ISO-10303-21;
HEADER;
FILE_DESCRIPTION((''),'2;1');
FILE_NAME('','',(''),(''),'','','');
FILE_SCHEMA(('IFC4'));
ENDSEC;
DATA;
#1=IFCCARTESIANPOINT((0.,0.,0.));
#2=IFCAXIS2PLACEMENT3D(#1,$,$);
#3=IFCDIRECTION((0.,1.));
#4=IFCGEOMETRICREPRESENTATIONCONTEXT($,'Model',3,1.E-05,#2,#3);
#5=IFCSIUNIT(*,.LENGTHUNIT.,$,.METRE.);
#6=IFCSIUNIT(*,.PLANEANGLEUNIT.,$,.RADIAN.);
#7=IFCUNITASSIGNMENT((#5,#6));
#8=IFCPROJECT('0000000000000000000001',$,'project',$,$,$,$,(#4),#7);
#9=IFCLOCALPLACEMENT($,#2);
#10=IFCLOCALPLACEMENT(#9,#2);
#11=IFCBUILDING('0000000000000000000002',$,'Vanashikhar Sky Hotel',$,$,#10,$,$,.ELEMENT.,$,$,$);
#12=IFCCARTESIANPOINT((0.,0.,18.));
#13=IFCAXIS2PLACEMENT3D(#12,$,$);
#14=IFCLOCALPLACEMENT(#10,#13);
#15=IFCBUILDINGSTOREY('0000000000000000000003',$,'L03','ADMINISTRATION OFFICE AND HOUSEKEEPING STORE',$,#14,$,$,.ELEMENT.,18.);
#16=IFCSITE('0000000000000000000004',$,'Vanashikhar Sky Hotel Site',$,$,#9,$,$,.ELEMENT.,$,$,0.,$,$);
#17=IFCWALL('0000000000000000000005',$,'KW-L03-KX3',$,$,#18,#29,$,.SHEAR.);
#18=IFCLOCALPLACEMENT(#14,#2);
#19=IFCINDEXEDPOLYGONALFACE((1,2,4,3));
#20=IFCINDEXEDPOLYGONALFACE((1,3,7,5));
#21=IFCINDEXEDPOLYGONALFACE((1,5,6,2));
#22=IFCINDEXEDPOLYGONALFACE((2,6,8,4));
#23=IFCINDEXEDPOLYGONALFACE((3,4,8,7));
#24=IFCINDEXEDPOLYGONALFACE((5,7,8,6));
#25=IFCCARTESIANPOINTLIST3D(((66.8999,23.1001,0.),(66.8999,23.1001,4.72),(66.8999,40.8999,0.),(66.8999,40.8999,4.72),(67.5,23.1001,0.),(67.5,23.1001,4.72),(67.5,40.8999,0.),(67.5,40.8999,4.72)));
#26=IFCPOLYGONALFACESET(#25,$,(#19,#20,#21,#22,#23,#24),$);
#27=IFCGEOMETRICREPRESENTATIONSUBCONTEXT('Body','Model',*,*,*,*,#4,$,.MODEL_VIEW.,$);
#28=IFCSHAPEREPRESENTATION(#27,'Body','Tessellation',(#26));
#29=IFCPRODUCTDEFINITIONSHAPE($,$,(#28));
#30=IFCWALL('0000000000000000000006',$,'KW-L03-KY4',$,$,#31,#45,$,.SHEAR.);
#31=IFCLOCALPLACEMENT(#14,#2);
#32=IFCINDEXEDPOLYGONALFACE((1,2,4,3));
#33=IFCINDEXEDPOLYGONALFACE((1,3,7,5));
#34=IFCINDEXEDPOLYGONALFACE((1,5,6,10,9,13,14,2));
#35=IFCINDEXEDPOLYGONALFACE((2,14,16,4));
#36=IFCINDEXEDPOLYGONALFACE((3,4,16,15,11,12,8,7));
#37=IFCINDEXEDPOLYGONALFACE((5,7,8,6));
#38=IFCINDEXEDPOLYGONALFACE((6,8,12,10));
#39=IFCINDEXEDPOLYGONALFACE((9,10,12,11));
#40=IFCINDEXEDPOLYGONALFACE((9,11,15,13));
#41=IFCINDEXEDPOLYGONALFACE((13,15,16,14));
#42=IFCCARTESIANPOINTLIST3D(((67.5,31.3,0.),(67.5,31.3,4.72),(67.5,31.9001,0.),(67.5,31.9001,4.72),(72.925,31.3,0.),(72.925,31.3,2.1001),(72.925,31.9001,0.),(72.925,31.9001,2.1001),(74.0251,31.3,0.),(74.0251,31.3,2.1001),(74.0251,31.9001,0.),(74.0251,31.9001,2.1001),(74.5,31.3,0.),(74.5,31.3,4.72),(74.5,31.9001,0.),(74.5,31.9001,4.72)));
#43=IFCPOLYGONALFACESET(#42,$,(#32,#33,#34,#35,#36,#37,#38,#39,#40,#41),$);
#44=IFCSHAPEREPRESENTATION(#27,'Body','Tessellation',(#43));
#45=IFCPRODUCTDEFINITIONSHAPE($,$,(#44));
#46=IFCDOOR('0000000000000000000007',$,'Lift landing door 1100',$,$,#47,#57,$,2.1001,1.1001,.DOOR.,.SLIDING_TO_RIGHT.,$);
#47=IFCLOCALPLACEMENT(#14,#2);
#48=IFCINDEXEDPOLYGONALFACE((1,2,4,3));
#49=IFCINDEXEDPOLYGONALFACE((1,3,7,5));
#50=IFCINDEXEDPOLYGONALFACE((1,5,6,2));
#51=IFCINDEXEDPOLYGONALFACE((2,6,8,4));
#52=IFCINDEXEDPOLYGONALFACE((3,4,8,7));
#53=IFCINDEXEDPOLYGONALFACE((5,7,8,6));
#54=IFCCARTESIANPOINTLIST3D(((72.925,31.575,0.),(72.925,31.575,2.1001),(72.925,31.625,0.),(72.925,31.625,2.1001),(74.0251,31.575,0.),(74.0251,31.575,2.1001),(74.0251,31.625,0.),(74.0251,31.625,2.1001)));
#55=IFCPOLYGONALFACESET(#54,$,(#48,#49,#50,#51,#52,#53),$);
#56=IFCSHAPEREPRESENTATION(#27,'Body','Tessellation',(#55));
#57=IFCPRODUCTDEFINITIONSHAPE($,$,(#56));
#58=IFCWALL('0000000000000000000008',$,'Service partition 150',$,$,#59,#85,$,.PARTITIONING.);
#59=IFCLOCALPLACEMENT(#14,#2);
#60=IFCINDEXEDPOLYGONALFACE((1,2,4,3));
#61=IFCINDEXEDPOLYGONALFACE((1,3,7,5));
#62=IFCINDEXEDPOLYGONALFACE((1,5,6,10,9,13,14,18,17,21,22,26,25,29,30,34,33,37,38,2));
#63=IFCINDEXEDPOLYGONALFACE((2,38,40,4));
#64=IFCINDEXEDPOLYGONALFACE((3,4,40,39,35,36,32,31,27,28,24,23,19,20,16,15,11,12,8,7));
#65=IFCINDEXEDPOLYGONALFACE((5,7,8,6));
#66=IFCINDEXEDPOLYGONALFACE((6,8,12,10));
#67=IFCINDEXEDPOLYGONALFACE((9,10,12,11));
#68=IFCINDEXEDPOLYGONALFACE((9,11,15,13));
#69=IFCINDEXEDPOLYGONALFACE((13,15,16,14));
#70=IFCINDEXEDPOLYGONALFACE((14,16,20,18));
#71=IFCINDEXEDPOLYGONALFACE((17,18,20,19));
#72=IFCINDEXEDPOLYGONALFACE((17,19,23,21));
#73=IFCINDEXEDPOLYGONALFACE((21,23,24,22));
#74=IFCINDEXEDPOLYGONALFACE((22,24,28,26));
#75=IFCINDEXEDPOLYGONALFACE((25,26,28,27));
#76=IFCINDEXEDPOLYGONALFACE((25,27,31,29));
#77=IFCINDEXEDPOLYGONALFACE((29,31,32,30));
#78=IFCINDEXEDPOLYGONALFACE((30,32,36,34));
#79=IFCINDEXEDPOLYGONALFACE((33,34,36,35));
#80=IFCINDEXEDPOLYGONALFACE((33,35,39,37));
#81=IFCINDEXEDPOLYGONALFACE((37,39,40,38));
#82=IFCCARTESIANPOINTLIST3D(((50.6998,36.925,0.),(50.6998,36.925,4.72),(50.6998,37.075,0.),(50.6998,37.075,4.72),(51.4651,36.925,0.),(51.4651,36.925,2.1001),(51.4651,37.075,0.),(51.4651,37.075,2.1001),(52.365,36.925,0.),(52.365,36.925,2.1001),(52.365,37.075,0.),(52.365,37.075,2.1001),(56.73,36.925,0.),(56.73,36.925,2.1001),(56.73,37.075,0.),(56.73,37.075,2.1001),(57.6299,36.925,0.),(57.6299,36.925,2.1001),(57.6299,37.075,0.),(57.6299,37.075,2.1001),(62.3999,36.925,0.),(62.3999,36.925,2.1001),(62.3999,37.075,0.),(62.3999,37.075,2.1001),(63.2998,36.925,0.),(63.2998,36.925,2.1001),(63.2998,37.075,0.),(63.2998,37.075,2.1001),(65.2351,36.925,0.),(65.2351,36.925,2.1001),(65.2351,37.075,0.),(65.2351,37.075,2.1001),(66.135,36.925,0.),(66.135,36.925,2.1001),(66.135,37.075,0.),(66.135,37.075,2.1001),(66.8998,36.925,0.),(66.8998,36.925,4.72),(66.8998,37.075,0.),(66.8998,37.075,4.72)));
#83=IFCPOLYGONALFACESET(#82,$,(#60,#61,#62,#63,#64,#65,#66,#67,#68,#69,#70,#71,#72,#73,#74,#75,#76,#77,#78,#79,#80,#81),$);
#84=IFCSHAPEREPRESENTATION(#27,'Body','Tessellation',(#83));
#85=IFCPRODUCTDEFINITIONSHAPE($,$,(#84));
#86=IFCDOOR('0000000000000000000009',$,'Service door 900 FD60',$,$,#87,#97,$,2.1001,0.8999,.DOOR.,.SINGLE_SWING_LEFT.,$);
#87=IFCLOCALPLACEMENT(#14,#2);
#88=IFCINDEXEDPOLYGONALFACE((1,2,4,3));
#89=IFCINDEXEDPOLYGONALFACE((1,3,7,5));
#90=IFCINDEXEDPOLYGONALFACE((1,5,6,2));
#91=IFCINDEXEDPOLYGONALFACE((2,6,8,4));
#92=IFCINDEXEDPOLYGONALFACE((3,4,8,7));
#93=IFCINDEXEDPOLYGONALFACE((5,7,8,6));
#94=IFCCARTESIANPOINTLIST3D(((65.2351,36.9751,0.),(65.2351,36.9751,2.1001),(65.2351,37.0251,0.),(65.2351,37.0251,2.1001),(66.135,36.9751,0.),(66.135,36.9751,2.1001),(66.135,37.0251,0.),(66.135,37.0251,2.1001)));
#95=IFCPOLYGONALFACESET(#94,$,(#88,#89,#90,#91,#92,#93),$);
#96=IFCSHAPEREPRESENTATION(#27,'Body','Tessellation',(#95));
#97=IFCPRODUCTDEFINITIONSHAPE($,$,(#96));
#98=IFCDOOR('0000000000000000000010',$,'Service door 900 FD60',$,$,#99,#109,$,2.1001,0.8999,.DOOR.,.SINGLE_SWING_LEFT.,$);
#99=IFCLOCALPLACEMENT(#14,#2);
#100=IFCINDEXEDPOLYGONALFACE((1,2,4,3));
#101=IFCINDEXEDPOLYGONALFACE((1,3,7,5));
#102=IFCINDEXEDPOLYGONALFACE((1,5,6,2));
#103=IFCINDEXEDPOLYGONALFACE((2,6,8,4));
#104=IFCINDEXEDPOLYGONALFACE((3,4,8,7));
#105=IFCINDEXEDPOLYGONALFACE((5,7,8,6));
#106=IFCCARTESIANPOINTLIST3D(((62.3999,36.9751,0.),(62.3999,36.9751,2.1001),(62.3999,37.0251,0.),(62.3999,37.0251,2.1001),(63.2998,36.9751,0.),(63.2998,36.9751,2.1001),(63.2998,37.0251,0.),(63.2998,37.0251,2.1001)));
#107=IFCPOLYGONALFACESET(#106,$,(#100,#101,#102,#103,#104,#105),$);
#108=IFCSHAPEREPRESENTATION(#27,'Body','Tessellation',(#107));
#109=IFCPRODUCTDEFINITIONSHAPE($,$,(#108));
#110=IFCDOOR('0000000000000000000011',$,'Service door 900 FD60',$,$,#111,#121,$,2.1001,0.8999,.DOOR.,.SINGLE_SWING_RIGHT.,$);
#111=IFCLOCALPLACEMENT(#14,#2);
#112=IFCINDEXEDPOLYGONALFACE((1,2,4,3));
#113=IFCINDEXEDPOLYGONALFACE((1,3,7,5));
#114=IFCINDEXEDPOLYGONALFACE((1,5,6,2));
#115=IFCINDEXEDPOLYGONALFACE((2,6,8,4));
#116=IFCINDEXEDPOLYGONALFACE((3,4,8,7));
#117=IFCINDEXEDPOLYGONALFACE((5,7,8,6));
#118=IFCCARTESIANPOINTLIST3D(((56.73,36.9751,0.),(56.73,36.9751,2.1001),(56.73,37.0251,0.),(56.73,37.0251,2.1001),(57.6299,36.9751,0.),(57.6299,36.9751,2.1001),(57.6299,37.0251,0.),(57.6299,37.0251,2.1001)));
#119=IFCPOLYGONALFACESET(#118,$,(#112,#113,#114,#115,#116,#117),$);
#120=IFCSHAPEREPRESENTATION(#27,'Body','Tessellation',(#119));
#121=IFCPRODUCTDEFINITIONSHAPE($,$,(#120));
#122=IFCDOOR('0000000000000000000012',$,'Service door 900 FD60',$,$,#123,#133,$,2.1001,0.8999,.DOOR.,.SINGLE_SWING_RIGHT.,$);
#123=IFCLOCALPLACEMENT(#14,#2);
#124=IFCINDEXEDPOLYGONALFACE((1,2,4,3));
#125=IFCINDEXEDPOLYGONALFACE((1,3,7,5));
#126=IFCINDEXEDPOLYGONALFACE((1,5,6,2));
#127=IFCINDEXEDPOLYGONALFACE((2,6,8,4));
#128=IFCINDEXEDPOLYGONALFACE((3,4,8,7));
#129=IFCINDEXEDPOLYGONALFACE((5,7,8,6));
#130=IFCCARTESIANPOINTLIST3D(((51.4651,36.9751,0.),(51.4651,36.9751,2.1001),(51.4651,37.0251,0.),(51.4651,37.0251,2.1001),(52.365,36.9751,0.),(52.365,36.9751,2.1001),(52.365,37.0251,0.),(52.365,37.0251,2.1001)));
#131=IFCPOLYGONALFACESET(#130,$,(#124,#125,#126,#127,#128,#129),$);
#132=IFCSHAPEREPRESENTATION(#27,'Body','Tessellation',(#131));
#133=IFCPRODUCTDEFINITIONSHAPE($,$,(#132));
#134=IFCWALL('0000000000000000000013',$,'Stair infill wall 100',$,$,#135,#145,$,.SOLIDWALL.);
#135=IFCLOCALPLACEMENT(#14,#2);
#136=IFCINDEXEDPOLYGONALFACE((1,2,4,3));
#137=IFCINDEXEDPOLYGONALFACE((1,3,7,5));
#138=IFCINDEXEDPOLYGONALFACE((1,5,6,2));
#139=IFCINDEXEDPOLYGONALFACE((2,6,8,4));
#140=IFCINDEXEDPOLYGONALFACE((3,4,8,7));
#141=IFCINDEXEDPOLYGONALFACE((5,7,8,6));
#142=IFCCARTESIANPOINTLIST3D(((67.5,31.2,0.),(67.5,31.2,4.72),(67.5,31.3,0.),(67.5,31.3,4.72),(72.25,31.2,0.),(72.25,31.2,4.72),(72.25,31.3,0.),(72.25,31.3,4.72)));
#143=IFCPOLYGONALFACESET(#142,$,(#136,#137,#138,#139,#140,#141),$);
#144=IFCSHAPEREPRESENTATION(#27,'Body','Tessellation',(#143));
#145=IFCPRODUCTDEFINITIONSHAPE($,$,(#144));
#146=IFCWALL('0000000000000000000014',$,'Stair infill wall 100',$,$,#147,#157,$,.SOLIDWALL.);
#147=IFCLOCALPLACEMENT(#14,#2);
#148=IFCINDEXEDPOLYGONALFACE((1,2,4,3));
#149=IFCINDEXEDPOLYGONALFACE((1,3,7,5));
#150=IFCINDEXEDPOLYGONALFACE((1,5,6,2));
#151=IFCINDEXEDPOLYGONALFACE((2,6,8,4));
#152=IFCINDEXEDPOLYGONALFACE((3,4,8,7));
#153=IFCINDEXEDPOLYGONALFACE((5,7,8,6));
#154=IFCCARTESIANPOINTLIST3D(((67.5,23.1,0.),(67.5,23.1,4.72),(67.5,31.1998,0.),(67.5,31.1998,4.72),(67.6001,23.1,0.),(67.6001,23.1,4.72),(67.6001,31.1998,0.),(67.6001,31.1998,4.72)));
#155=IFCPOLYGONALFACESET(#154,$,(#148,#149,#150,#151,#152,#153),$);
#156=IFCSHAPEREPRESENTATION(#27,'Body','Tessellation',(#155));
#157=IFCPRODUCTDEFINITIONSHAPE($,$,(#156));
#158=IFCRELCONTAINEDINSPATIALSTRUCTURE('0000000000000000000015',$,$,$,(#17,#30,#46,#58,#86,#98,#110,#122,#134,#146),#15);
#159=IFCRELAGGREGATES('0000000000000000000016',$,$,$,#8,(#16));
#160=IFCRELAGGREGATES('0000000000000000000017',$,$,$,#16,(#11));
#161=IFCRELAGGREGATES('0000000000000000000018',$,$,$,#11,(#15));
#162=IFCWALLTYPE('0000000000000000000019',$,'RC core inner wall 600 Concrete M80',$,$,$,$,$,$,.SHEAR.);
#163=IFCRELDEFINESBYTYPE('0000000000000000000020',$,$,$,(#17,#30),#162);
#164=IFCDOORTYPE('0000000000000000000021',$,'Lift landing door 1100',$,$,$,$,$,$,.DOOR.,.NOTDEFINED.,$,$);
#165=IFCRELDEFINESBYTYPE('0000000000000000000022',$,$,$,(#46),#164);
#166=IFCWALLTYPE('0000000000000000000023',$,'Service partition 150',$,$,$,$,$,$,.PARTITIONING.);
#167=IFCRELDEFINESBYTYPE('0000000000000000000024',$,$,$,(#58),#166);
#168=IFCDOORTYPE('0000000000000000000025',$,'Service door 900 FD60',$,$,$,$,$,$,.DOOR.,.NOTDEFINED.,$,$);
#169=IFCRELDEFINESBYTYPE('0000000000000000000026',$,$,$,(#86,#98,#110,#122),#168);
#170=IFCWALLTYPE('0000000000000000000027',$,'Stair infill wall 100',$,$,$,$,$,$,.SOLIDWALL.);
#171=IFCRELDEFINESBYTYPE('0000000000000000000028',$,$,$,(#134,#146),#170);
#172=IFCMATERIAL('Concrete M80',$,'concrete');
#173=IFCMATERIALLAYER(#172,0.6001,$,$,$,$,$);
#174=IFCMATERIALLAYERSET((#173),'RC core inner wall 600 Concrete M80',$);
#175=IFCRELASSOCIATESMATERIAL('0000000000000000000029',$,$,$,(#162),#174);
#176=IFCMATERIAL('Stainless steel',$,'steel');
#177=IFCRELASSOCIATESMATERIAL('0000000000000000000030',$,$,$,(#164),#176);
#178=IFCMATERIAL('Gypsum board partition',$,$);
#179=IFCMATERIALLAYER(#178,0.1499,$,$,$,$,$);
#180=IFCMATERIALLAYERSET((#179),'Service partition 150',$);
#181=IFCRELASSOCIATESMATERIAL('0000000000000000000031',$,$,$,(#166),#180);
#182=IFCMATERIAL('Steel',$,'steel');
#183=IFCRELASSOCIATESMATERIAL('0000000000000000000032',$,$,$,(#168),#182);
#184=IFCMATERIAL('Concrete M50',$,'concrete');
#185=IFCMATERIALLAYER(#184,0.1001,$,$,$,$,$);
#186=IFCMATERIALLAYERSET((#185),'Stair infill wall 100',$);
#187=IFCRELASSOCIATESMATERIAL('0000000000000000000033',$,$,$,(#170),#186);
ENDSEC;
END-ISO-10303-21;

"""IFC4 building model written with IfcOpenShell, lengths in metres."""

from ifc_helpers import new_model, si_unit, direction, frame, frame_2d, origin, place, context, subcontext, project, spatial, rectangle, extrude, source, transform, mapped, material, layer, layer_set, type_object, element, fill, save


model = new_model("IFC4")

# Units and contexts
model_context = context("Model", 3, precision=1e-05, world=origin(), true_north=direction((0.0, 1.0)))
body_context = subcontext(model_context, "Body", "Model", "MODEL_VIEW")
ifc_project = project(units=[si_unit("LENGTHUNIT", "METRE"), si_unit("PLANEANGLEUNIT", "RADIAN")], contexts=[model_context])

# Site, building, storey
site_placement = place(None, origin())
site = spatial("IfcSite", under=ifc_project, at=site_placement, Name="Vanashikhar Sky Hotel Site", CompositionType="ELEMENT", RefElevation=0.0)
building_placement = place(site_placement, origin())
building = spatial("IfcBuilding", under=site, at=building_placement, Name="Vanashikhar Sky Hotel", CompositionType="ELEMENT")
storey_placement = place(building_placement, frame((0.0, 0.0, 18.0)))
storey = spatial("IfcBuildingStorey", under=building, at=storey_placement, Name="L03", Description="ADMINISTRATION OFFICE AND HOUSEKEEPING STORE", CompositionType="ELEMENT", Elevation=18.0)

# Wall
ifc_material_1 = material(Name="Concrete M80", Category="concrete")
ifc_layer_1 = layer(ifc_material_1, 0.6001)
ifc_layer_set_1 = layer_set([ifc_layer_1], Name="RC core inner wall 600 Concrete M80")
wall_type_1 = type_object("IfcWallType", Name="RC core inner wall 600 Concrete M80", PredefinedType="SHEAR", material=ifc_layer_set_1)
shared_shape_1 = source(origin(), body_context, "Body", "SweptSolid", [
    extrude(rectangle(XDim=17.7998, YDim=0.6001, at=frame_2d((8.8999, 0.0))), origin(), (0.0, 0.0, 1.0), 4.72),
])
wall_1_placement = place(storey_placement, frame((67.2, 23.1001, 0.0), z_axis=(0.0, 0.0, 1.0), x_axis=(0.0, 1.0, 0.0)))
element("IfcWall", 1, at=wall_1_placement, inside=storey, type_object=wall_type_1, Name="KW-L03-KX3", PredefinedType="SHEAR", context=body_context, shape_type="MappedRepresentation", body=[
    mapped(shared_shape_1, transform((0.0, 0.0, 0.0), scale=1.0)),
])

# Wall, opening, door
shared_shape_2 = source(origin(), body_context, "Body", "SweptSolid", [
    extrude(rectangle(XDim=7.0, YDim=0.6001, at=frame_2d((3.5, 0.0))), origin(), (0.0, 0.0, 1.0), 4.72),
])
wall_2_placement = place(storey_placement, frame((67.5, 31.6001, 0.0), z_axis=(0.0, 0.0, 1.0), x_axis=(1.0, 0.0, 0.0)))
wall_2 = element("IfcWall", 2, at=wall_2_placement, inside=storey, type_object=wall_type_1, Name="KW-L03-KY4", PredefinedType="SHEAR", context=body_context, shape_type="MappedRepresentation", body=[
    mapped(shared_shape_2, transform((0.0, 0.0, 0.0), scale=1.0)),
])
shared_shape_3 = source(origin(), body_context, "Body", "SweptSolid", [
    extrude(rectangle(XDim=1.1001, YDim=2.1001, at=frame_2d((0.55, 1.05))), frame((0.0, 0.3101, 0.0), z_axis=(0.0, -1.0, 0.0), x_axis=(1.0, 0.0, 0.0)), (0.0, 0.0, 1.0), 0.6201),
])
opening_1_placement = place(wall_2_placement, frame((5.425, 0.0, 0.0)))
opening_1 = element("IfcOpeningElement", 3, at=opening_1_placement, cuts=wall_2, PredefinedType="OPENING", context=body_context, shape_type="MappedRepresentation", body=[
    mapped(shared_shape_3, transform((0.0, 0.0, 0.0), scale=1.0)),
])
ifc_material_2 = material(Name="Stainless steel", Category="steel")
door_type_1 = type_object("IfcDoorType", Name="Lift landing door 1100", OperationType="NOTDEFINED", PredefinedType="DOOR", material=ifc_material_2)
shared_shape_4 = source(origin(), body_context, "Body", "SweptSolid", [
    extrude(rectangle(XDim=1.1001, YDim=2.1001, at=frame_2d((0.55, 1.05))), frame((0.0, 0.0249, 0.0), z_axis=(0.0, -1.0, 0.0), x_axis=(1.0, 0.0, 0.0)), (0.0, 0.0, 1.0), 0.05),
])
door_1_placement = place(opening_1_placement, origin())
door_1 = element("IfcDoor", 4, at=door_1_placement, inside=storey, type_object=door_type_1, Name="Lift landing door 1100", OperationType="SLIDING_TO_RIGHT", OverallHeight=2.1001, OverallWidth=1.1001, PredefinedType="DOOR", context=body_context, shape_type="MappedRepresentation", body=[
    mapped(shared_shape_4, transform((0.0, 0.0, 0.0), scale=1.0)),
])
fill(opening_1, door_1)

# Wall, openings, doors
ifc_material_3 = material(Name="Gypsum board partition")
ifc_layer_2 = layer(ifc_material_3, 0.1499)
ifc_layer_set_2 = layer_set([ifc_layer_2], Name="Service partition 150")
wall_type_2 = type_object("IfcWallType", Name="Service partition 150", PredefinedType="PARTITIONING", material=ifc_layer_set_2)
shared_shape_5 = source(origin(), body_context, "Body", "SweptSolid", [
    extrude(rectangle(XDim=16.2, YDim=0.1499, at=frame_2d((8.1001, 0.0))), origin(), (0.0, 0.0, 1.0), 4.72),
])
wall_3_placement = place(storey_placement, frame((66.8999, 37.0, 0.0), z_axis=(0.0, 0.0, 1.0), x_axis=(-1.0, 0.0, 0.0)))
wall_3 = element("IfcWall", 5, at=wall_3_placement, inside=storey, type_object=wall_type_2, Name="Service partition 150", PredefinedType="PARTITIONING", context=body_context, shape_type="MappedRepresentation", body=[
    mapped(shared_shape_5, transform((0.0, 0.0, 0.0), scale=1.0)),
])
shared_shape_6 = source(origin(), body_context, "Body", "SweptSolid", [
    extrude(rectangle(XDim=0.8999, YDim=2.1001, at=frame_2d((0.45, 1.05))), frame((0.0, 0.085, 0.0), z_axis=(0.0, -1.0, 0.0), x_axis=(1.0, 0.0, 0.0)), (0.0, 0.0, 1.0), 0.1699),
])
opening_2_placement = place(wall_3_placement, frame((0.7649, 0.0, 0.0)))
opening_2 = element("IfcOpeningElement", 6, at=opening_2_placement, cuts=wall_3, PredefinedType="OPENING", context=body_context, shape_type="MappedRepresentation", body=[
    mapped(shared_shape_6, transform((0.0, 0.0, 0.0), scale=1.0)),
])
opening_3_placement = place(wall_3_placement, frame((3.6001, 0.0, 0.0)))
opening_3 = element("IfcOpeningElement", 7, at=opening_3_placement, cuts=wall_3, PredefinedType="OPENING", context=body_context, shape_type="MappedRepresentation", body=[
    mapped(shared_shape_6, transform((0.0, 0.0, 0.0), scale=1.0)),
])
opening_4_placement = place(wall_3_placement, frame((9.27, 0.0, 0.0)))
opening_4 = element("IfcOpeningElement", 8, at=opening_4_placement, cuts=wall_3, PredefinedType="OPENING", context=body_context, shape_type="MappedRepresentation", body=[
    mapped(shared_shape_6, transform((0.0, 0.0, 0.0), scale=1.0)),
])
opening_5_placement = place(wall_3_placement, frame((14.5349, 0.0, 0.0)))
opening_5 = element("IfcOpeningElement", 9, at=opening_5_placement, cuts=wall_3, PredefinedType="OPENING", context=body_context, shape_type="MappedRepresentation", body=[
    mapped(shared_shape_6, transform((0.0, 0.0, 0.0), scale=1.0)),
])
ifc_material_4 = material(Name="Steel", Category="steel")
door_type_2 = type_object("IfcDoorType", Name="Service door 900 FD60", OperationType="NOTDEFINED", PredefinedType="DOOR", material=ifc_material_4)
shared_shape_7 = source(origin(), body_context, "Body", "SweptSolid", [
    extrude(rectangle(XDim=0.8999, YDim=2.1001, at=frame_2d((0.45, 1.05))), frame((0.0, 0.0249, 0.0), z_axis=(0.0, -1.0, 0.0), x_axis=(1.0, 0.0, 0.0)), (0.0, 0.0, 1.0), 0.05),
])
door_2_placement = place(opening_2_placement, origin())
door_2 = element("IfcDoor", 10, at=door_2_placement, inside=storey, type_object=door_type_2, Name="Service door 900 FD60", OperationType="SINGLE_SWING_LEFT", OverallHeight=2.1001, OverallWidth=0.8999, PredefinedType="DOOR", context=body_context, shape_type="MappedRepresentation", body=[
    mapped(shared_shape_7, transform((0.0, 0.0, 0.0), scale=1.0)),
])
fill(opening_2, door_2)
door_3_placement = place(opening_3_placement, origin())
door_3 = element("IfcDoor", 11, at=door_3_placement, inside=storey, type_object=door_type_2, Name="Service door 900 FD60", OperationType="SINGLE_SWING_LEFT", OverallHeight=2.1001, OverallWidth=0.8999, PredefinedType="DOOR", context=body_context, shape_type="MappedRepresentation", body=[
    mapped(shared_shape_7, transform((0.0, 0.0, 0.0), scale=1.0)),
])
fill(opening_3, door_3)
door_4_placement = place(opening_4_placement, origin())
door_4 = element("IfcDoor", 12, at=door_4_placement, inside=storey, type_object=door_type_2, Name="Service door 900 FD60", OperationType="SINGLE_SWING_RIGHT", OverallHeight=2.1001, OverallWidth=0.8999, PredefinedType="DOOR", context=body_context, shape_type="MappedRepresentation", body=[
    mapped(shared_shape_7, transform((0.0, 0.0, 0.0), scale=1.0)),
])
fill(opening_4, door_4)
door_5_placement = place(opening_5_placement, origin())
door_5 = element("IfcDoor", 13, at=door_5_placement, inside=storey, type_object=door_type_2, Name="Service door 900 FD60", OperationType="SINGLE_SWING_RIGHT", OverallHeight=2.1001, OverallWidth=0.8999, PredefinedType="DOOR", context=body_context, shape_type="MappedRepresentation", body=[
    mapped(shared_shape_7, transform((0.0, 0.0, 0.0), scale=1.0)),
])
fill(opening_5, door_5)

# Walls
ifc_material_5 = material(Name="Concrete M50", Category="concrete")
ifc_layer_3 = layer(ifc_material_5, 0.1001)
ifc_layer_set_3 = layer_set([ifc_layer_3], Name="Stair infill wall 100")
wall_type_3 = type_object("IfcWallType", Name="Stair infill wall 100", PredefinedType="SOLIDWALL", material=ifc_layer_set_3)
shared_shape_8 = source(origin(), body_context, "Body", "SweptSolid", [
    extrude(rectangle(XDim=4.75, YDim=0.1001, at=frame_2d((2.375, 0.0))), origin(), (0.0, 0.0, 1.0), 4.72),
])
wall_4_placement = place(storey_placement, frame((67.5, 31.25, 0.0), z_axis=(0.0, 0.0, 1.0), x_axis=(1.0, 0.0, 0.0)))
element("IfcWall", 14, at=wall_4_placement, inside=storey, type_object=wall_type_3, Name="Stair infill wall 100", PredefinedType="SOLIDWALL", context=body_context, shape_type="MappedRepresentation", body=[
    mapped(shared_shape_8, transform((0.0, 0.0, 0.0), scale=1.0)),
])
shared_shape_9 = source(origin(), body_context, "Body", "SweptSolid", [
    extrude(rectangle(XDim=8.0999, YDim=0.1001, at=frame_2d((4.0498, 0.0))), origin(), (0.0, 0.0, 1.0), 4.72),
])
for number, where, z_axis, x_axis, name in (
    (15, (67.55, 23.1001, 0.0), (0.0, 0.0, 1.0), (0.0, 1.0, 0.0), "Stair infill wall 100"),
):
    element("IfcWall", number, at=place(storey_placement, frame(where, z_axis=z_axis, x_axis=x_axis)), inside=storey, type_object=wall_type_3, Name=name, PredefinedType="SOLIDWALL", context=body_context, shape_type="MappedRepresentation", body=[
        mapped(shared_shape_9, transform((0.0, 0.0, 0.0), scale=1.0)),
    ])

save(model, "model.ifc")
